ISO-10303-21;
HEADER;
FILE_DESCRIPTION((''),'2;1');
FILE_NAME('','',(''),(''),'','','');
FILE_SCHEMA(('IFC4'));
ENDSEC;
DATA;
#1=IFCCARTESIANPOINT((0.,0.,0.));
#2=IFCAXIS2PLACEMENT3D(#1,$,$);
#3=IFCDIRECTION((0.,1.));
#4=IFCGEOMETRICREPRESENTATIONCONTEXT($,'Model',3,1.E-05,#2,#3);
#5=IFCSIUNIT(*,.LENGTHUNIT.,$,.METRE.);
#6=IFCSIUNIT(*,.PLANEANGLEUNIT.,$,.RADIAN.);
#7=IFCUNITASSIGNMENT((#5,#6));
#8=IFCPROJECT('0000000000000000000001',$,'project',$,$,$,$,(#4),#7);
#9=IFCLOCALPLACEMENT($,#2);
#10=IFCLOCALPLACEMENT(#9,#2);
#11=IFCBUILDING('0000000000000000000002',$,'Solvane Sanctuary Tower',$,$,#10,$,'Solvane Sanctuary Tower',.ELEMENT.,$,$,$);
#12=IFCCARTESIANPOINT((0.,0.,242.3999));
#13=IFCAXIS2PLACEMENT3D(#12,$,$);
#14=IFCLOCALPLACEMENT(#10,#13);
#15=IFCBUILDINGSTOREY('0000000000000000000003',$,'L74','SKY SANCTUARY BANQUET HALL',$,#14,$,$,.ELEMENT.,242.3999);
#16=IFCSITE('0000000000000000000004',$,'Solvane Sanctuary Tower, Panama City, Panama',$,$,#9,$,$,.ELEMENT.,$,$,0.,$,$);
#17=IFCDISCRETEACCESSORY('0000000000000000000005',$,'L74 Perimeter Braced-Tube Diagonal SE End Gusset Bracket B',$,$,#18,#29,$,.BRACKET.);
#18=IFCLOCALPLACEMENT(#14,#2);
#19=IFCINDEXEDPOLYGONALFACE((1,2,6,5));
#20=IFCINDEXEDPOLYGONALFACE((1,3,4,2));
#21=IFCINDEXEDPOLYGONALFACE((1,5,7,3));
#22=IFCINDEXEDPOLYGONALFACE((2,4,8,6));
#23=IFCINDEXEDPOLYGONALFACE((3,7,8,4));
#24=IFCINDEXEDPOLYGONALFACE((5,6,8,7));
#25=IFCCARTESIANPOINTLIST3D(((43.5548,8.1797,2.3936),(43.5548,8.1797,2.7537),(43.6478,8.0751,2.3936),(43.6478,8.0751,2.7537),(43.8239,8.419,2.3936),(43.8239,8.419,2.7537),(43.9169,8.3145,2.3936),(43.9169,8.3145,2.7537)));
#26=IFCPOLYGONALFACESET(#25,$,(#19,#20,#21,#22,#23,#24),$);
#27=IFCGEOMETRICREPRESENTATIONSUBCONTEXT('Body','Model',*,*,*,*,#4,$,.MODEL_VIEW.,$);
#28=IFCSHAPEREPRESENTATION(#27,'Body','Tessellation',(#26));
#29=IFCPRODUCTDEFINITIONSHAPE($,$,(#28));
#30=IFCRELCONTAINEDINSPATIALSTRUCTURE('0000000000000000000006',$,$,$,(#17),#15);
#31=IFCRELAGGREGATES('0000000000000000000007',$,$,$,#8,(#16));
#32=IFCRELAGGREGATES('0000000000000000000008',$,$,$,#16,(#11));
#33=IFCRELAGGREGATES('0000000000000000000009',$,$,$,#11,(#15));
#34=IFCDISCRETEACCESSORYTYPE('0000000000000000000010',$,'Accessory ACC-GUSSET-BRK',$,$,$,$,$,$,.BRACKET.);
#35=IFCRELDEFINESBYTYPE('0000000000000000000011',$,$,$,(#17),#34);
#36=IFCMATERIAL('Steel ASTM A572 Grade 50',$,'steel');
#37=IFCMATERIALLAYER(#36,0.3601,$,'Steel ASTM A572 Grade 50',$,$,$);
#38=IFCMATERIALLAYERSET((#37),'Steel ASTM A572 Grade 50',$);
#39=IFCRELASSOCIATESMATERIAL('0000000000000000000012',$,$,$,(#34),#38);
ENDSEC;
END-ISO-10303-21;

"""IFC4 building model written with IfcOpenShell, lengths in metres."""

from ifc_helpers import new_model, si_unit, direction, frame, origin, origin_2d, place, context, subcontext, project, spatial, rectangle, extrude, material, layer, layer_set, type_object, element, save


model = new_model("IFC4")

# Units and contexts
model_context = context("Model", 3, precision=1e-05, world=origin(), true_north=direction((0.0, 1.0)))
body_context = subcontext(model_context, "Body", "Model", "MODEL_VIEW")
ifc_project = project(units=[si_unit("LENGTHUNIT", "METRE"), si_unit("PLANEANGLEUNIT", "RADIAN")], contexts=[model_context])

# Site, building, storey
site_placement = place(None, origin())
site = spatial("IfcSite", under=ifc_project, at=site_placement, Name="Solvane Sanctuary Tower, Panama City, Panama", CompositionType="ELEMENT", RefElevation=0.0)
building_placement = place(site_placement, origin())
building = spatial("IfcBuilding", under=site, at=building_placement, Name="Solvane Sanctuary Tower", LongName="Solvane Sanctuary Tower", CompositionType="ELEMENT")
storey_placement = place(building_placement, frame((0.0, 0.0, 242.3999)))
storey = spatial("IfcBuildingStorey", under=building, at=storey_placement, Name="L74", Description="SKY SANCTUARY BANQUET HALL", CompositionType="ELEMENT", Elevation=242.3999)

# Discrete accessory
ifc_material_1 = material(Name="Steel ASTM A572 Grade 50", Category="steel")
ifc_layer_1 = layer(ifc_material_1, 0.3601, Name="Steel ASTM A572 Grade 50")
ifc_layer_set_1 = layer_set([ifc_layer_1], Name="Steel ASTM A572 Grade 50")
discrete_accessory_type = type_object("IfcDiscreteAccessoryType", Name="Accessory ACC-GUSSET-BRK", PredefinedType="BRACKET", material=ifc_layer_set_1)
for number, where, z_axis, x_axis, name in (
    (1, (43.7358, 8.2471, 2.3936), (0.0, 0.0, 1.0), (-0.747218, -0.664579, 0.0), "L74 Perimeter Braced-Tube Diagonal SE End Gusset Bracket B"),
):
    element("IfcDiscreteAccessory", number, at=place(storey_placement, frame(where, z_axis=z_axis, x_axis=x_axis)), inside=storey, type_object=discrete_accessory_type, Name=name, PredefinedType="BRACKET", context=body_context, shape_type="SweptSolid", body=[
        extrude(rectangle(XDim=0.3601, YDim=0.1399, at=origin_2d()), origin(), (0.0, 0.0, 1.0), 0.3601),
    ])

save(model, "model.ifc")
